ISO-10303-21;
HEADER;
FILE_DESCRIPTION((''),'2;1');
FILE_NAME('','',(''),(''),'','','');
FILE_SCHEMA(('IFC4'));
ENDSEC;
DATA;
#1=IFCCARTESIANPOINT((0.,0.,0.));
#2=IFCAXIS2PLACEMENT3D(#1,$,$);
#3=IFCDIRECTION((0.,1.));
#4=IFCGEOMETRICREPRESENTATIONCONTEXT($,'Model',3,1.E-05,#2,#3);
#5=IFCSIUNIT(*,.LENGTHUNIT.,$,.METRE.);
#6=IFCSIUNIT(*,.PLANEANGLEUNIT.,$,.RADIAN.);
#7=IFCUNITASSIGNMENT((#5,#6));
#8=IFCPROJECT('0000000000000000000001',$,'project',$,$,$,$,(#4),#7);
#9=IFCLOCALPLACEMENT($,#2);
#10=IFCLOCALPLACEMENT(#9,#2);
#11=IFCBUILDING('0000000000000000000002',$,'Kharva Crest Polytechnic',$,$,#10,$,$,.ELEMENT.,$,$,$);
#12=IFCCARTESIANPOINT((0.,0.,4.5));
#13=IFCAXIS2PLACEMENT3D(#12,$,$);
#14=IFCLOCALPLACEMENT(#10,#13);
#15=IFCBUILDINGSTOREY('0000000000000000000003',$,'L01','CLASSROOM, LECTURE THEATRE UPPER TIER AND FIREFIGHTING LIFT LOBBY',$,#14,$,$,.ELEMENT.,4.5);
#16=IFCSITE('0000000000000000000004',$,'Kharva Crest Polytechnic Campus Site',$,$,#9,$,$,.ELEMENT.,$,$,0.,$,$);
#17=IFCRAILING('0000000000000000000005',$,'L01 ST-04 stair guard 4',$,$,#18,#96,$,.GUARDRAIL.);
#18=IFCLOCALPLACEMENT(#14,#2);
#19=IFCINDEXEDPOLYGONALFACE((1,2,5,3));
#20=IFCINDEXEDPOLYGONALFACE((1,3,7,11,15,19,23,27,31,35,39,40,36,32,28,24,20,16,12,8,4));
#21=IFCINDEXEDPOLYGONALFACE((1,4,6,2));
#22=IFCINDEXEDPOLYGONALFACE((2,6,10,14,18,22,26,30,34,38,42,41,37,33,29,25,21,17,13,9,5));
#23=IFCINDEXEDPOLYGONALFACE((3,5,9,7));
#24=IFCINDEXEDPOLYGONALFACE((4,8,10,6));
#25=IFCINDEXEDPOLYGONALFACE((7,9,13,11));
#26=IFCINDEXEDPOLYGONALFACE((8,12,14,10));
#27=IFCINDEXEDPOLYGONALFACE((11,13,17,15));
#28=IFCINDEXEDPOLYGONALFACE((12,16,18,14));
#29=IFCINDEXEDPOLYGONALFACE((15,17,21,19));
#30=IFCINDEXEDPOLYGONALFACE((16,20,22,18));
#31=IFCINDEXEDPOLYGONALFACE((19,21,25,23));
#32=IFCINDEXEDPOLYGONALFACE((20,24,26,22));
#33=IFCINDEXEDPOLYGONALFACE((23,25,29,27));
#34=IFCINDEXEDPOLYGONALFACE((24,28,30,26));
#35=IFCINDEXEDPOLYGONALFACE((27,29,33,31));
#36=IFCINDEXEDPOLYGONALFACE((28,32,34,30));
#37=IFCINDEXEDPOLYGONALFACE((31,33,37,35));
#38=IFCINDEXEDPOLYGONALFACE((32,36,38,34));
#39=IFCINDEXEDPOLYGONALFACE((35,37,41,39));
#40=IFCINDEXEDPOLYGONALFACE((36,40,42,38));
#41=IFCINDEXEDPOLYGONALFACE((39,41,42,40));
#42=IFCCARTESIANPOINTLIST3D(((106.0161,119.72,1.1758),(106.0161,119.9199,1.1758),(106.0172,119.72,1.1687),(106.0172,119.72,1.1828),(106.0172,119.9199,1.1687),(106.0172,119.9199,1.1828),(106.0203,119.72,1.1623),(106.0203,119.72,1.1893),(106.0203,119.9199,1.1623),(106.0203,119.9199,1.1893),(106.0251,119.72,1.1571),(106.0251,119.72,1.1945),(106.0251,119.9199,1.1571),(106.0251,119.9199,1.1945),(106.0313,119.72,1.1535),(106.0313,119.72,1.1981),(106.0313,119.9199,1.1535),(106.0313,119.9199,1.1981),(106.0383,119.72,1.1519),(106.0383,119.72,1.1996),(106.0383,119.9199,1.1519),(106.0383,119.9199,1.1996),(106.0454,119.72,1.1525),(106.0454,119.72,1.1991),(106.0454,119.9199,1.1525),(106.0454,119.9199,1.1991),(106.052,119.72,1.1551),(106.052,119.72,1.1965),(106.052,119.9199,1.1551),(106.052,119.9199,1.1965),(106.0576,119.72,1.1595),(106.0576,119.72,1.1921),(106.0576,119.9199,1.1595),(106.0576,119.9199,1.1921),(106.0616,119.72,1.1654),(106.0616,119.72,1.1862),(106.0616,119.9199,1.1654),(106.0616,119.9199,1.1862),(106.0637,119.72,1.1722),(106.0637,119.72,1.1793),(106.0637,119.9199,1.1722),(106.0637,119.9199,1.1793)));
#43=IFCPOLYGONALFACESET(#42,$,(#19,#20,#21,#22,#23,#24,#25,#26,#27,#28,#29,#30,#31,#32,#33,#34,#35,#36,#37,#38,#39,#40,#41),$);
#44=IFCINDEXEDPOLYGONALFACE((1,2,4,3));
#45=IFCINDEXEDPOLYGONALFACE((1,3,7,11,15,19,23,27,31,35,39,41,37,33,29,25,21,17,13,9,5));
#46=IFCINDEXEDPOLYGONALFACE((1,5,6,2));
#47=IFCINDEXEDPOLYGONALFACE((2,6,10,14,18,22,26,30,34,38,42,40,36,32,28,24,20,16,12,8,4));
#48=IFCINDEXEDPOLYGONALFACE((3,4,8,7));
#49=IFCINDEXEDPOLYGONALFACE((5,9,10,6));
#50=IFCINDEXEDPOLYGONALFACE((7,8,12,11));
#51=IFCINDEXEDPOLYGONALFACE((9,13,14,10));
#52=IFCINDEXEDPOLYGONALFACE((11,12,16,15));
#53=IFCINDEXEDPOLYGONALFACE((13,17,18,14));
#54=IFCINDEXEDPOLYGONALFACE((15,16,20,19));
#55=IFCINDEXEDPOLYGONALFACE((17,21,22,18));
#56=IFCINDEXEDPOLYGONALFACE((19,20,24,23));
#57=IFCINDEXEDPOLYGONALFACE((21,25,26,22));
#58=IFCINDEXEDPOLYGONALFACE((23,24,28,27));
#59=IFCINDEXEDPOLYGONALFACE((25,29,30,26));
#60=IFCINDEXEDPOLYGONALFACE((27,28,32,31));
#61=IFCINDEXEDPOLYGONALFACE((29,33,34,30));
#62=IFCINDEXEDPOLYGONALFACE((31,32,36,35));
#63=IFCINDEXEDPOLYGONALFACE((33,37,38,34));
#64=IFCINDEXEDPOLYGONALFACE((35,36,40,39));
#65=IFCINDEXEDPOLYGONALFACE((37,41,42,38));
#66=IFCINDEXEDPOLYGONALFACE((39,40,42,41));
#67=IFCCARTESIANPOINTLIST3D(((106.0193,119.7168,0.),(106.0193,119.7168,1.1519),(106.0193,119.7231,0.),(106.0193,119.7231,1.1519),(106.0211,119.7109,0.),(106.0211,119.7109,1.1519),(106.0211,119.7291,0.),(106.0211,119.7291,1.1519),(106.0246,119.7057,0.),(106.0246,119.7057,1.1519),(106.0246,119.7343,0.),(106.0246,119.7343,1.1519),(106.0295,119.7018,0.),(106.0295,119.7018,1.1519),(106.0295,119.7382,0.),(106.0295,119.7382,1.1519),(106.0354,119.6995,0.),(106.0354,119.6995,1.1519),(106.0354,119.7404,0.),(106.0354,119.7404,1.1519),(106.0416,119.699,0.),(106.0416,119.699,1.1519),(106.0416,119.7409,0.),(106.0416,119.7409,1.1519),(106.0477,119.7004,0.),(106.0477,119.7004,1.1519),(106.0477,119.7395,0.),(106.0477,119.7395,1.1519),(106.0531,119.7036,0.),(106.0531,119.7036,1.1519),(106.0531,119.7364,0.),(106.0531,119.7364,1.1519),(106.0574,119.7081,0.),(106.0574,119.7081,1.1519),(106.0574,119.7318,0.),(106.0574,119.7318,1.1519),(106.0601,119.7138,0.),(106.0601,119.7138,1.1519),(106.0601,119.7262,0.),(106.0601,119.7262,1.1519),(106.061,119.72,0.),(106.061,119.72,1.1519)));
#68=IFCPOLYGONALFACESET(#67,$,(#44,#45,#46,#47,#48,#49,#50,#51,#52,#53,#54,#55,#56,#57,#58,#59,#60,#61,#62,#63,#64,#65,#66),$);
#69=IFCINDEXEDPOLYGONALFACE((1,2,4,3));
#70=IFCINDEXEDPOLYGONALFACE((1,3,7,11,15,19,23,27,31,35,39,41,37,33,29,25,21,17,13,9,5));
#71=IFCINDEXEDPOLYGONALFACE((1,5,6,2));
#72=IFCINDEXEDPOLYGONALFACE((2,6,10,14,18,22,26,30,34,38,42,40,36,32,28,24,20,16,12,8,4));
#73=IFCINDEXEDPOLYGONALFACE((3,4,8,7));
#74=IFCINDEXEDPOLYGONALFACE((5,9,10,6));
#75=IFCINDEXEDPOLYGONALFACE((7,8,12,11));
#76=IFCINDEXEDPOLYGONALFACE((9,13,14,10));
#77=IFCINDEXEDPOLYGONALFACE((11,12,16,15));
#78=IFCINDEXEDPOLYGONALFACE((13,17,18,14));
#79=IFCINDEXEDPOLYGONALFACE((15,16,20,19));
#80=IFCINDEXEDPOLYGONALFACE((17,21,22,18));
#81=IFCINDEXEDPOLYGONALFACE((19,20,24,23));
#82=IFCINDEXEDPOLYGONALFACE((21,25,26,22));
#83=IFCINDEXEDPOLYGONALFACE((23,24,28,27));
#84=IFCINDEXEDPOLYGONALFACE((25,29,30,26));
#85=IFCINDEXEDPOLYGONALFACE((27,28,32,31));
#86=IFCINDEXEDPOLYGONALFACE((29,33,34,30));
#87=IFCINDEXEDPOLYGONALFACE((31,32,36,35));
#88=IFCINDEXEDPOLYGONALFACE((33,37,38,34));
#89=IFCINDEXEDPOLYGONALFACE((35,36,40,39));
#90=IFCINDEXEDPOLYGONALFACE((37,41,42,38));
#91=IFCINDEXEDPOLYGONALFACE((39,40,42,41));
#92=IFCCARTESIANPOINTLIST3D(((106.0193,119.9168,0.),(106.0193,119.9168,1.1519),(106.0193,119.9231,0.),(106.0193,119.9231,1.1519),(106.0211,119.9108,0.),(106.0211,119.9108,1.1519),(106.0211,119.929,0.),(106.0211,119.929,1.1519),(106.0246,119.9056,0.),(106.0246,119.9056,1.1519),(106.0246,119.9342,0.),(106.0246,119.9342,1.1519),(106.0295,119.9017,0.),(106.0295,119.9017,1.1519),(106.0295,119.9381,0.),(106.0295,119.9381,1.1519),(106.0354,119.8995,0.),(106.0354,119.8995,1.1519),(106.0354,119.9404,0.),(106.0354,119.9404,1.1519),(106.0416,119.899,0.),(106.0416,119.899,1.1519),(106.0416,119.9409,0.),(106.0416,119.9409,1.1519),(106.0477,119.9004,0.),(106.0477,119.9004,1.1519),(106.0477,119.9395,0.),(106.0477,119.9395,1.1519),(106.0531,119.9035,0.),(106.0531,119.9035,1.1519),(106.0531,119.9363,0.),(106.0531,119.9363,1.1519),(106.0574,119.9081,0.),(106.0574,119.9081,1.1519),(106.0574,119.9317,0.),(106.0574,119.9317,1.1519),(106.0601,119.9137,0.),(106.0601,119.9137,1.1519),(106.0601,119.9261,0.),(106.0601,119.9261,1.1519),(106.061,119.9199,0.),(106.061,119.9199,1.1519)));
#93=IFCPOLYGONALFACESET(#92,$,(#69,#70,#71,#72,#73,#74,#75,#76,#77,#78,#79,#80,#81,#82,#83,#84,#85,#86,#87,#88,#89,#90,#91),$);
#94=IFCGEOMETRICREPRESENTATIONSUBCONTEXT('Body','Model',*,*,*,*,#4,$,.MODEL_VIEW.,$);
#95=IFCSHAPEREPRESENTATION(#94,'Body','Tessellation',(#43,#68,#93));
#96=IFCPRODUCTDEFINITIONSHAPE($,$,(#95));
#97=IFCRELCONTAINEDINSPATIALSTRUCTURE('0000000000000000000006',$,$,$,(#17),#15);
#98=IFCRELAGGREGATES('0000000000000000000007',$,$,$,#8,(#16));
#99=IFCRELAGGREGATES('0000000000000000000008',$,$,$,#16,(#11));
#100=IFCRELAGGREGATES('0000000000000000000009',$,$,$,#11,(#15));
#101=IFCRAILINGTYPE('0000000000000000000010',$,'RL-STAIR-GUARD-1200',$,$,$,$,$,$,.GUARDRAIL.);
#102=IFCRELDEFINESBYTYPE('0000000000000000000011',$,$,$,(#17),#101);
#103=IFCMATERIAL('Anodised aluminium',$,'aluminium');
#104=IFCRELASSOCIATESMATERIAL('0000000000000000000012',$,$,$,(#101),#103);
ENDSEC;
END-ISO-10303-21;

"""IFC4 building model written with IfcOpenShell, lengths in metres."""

from ifc_helpers import new_model, si_unit, direction, frame, origin, origin_2d, place, context, subcontext, project, spatial, circle, extrude, material, type_object, element, save


model = new_model("IFC4")

# Units and contexts
model_context = context("Model", 3, precision=1e-05, world=origin(), true_north=direction((0.0, 1.0)))
body_context = subcontext(model_context, "Body", "Model", "MODEL_VIEW")
ifc_project = project(units=[si_unit("LENGTHUNIT", "METRE"), si_unit("PLANEANGLEUNIT", "RADIAN")], contexts=[model_context])

# Site, building, storey
site_placement = place(None, origin())
site = spatial("IfcSite", under=ifc_project, at=site_placement, Name="Kharva Crest Polytechnic Campus Site", CompositionType="ELEMENT", RefElevation=0.0)
building_placement = place(site_placement, origin())
building = spatial("IfcBuilding", under=site, at=building_placement, Name="Kharva Crest Polytechnic", CompositionType="ELEMENT")
storey_placement = place(building_placement, frame((0.0, 0.0, 4.5)))
storey = spatial("IfcBuildingStorey", under=building, at=storey_placement, Name="L01", Description="CLASSROOM, LECTURE THEATRE UPPER TIER AND FIREFIGHTING LIFT LOBBY", CompositionType="ELEMENT", Elevation=4.5)

# Railing
ifc_material_1 = material(Name="Anodised aluminium", Category="aluminium")
railing_type_1 = type_object("IfcRailingType", Name="RL-STAIR-GUARD-1200", PredefinedType="GUARDRAIL", material=ifc_material_1)
railing_1_placement = place(storey_placement, frame((106.04, 119.72, 0.0)))
element("IfcRailing", 1, at=railing_1_placement, inside=storey, type_object=railing_type_1, Name="L01 ST-04 stair guard 4", PredefinedType="GUARDRAIL", context=body_context, shape_type="SweptSolid", body=[
    extrude(circle(Radius=0.0239, at=origin_2d()), frame((0.0, 0.0, 1.1758), z_axis=(0.0, 1.0, 0.0), x_axis=(-1.0, 0.0, 0.0)), (0.0, 0.0, 1.0), 0.2),
    extrude(circle(Radius=0.021, at=origin_2d()), origin(), (0.0, 0.0, 1.0), 1.1519),
    extrude(circle(Radius=0.021, at=origin_2d()), frame((0.0, 0.2, 0.0)), (0.0, 0.0, 1.0), 1.1519),
])

save(model, "model.ifc")
